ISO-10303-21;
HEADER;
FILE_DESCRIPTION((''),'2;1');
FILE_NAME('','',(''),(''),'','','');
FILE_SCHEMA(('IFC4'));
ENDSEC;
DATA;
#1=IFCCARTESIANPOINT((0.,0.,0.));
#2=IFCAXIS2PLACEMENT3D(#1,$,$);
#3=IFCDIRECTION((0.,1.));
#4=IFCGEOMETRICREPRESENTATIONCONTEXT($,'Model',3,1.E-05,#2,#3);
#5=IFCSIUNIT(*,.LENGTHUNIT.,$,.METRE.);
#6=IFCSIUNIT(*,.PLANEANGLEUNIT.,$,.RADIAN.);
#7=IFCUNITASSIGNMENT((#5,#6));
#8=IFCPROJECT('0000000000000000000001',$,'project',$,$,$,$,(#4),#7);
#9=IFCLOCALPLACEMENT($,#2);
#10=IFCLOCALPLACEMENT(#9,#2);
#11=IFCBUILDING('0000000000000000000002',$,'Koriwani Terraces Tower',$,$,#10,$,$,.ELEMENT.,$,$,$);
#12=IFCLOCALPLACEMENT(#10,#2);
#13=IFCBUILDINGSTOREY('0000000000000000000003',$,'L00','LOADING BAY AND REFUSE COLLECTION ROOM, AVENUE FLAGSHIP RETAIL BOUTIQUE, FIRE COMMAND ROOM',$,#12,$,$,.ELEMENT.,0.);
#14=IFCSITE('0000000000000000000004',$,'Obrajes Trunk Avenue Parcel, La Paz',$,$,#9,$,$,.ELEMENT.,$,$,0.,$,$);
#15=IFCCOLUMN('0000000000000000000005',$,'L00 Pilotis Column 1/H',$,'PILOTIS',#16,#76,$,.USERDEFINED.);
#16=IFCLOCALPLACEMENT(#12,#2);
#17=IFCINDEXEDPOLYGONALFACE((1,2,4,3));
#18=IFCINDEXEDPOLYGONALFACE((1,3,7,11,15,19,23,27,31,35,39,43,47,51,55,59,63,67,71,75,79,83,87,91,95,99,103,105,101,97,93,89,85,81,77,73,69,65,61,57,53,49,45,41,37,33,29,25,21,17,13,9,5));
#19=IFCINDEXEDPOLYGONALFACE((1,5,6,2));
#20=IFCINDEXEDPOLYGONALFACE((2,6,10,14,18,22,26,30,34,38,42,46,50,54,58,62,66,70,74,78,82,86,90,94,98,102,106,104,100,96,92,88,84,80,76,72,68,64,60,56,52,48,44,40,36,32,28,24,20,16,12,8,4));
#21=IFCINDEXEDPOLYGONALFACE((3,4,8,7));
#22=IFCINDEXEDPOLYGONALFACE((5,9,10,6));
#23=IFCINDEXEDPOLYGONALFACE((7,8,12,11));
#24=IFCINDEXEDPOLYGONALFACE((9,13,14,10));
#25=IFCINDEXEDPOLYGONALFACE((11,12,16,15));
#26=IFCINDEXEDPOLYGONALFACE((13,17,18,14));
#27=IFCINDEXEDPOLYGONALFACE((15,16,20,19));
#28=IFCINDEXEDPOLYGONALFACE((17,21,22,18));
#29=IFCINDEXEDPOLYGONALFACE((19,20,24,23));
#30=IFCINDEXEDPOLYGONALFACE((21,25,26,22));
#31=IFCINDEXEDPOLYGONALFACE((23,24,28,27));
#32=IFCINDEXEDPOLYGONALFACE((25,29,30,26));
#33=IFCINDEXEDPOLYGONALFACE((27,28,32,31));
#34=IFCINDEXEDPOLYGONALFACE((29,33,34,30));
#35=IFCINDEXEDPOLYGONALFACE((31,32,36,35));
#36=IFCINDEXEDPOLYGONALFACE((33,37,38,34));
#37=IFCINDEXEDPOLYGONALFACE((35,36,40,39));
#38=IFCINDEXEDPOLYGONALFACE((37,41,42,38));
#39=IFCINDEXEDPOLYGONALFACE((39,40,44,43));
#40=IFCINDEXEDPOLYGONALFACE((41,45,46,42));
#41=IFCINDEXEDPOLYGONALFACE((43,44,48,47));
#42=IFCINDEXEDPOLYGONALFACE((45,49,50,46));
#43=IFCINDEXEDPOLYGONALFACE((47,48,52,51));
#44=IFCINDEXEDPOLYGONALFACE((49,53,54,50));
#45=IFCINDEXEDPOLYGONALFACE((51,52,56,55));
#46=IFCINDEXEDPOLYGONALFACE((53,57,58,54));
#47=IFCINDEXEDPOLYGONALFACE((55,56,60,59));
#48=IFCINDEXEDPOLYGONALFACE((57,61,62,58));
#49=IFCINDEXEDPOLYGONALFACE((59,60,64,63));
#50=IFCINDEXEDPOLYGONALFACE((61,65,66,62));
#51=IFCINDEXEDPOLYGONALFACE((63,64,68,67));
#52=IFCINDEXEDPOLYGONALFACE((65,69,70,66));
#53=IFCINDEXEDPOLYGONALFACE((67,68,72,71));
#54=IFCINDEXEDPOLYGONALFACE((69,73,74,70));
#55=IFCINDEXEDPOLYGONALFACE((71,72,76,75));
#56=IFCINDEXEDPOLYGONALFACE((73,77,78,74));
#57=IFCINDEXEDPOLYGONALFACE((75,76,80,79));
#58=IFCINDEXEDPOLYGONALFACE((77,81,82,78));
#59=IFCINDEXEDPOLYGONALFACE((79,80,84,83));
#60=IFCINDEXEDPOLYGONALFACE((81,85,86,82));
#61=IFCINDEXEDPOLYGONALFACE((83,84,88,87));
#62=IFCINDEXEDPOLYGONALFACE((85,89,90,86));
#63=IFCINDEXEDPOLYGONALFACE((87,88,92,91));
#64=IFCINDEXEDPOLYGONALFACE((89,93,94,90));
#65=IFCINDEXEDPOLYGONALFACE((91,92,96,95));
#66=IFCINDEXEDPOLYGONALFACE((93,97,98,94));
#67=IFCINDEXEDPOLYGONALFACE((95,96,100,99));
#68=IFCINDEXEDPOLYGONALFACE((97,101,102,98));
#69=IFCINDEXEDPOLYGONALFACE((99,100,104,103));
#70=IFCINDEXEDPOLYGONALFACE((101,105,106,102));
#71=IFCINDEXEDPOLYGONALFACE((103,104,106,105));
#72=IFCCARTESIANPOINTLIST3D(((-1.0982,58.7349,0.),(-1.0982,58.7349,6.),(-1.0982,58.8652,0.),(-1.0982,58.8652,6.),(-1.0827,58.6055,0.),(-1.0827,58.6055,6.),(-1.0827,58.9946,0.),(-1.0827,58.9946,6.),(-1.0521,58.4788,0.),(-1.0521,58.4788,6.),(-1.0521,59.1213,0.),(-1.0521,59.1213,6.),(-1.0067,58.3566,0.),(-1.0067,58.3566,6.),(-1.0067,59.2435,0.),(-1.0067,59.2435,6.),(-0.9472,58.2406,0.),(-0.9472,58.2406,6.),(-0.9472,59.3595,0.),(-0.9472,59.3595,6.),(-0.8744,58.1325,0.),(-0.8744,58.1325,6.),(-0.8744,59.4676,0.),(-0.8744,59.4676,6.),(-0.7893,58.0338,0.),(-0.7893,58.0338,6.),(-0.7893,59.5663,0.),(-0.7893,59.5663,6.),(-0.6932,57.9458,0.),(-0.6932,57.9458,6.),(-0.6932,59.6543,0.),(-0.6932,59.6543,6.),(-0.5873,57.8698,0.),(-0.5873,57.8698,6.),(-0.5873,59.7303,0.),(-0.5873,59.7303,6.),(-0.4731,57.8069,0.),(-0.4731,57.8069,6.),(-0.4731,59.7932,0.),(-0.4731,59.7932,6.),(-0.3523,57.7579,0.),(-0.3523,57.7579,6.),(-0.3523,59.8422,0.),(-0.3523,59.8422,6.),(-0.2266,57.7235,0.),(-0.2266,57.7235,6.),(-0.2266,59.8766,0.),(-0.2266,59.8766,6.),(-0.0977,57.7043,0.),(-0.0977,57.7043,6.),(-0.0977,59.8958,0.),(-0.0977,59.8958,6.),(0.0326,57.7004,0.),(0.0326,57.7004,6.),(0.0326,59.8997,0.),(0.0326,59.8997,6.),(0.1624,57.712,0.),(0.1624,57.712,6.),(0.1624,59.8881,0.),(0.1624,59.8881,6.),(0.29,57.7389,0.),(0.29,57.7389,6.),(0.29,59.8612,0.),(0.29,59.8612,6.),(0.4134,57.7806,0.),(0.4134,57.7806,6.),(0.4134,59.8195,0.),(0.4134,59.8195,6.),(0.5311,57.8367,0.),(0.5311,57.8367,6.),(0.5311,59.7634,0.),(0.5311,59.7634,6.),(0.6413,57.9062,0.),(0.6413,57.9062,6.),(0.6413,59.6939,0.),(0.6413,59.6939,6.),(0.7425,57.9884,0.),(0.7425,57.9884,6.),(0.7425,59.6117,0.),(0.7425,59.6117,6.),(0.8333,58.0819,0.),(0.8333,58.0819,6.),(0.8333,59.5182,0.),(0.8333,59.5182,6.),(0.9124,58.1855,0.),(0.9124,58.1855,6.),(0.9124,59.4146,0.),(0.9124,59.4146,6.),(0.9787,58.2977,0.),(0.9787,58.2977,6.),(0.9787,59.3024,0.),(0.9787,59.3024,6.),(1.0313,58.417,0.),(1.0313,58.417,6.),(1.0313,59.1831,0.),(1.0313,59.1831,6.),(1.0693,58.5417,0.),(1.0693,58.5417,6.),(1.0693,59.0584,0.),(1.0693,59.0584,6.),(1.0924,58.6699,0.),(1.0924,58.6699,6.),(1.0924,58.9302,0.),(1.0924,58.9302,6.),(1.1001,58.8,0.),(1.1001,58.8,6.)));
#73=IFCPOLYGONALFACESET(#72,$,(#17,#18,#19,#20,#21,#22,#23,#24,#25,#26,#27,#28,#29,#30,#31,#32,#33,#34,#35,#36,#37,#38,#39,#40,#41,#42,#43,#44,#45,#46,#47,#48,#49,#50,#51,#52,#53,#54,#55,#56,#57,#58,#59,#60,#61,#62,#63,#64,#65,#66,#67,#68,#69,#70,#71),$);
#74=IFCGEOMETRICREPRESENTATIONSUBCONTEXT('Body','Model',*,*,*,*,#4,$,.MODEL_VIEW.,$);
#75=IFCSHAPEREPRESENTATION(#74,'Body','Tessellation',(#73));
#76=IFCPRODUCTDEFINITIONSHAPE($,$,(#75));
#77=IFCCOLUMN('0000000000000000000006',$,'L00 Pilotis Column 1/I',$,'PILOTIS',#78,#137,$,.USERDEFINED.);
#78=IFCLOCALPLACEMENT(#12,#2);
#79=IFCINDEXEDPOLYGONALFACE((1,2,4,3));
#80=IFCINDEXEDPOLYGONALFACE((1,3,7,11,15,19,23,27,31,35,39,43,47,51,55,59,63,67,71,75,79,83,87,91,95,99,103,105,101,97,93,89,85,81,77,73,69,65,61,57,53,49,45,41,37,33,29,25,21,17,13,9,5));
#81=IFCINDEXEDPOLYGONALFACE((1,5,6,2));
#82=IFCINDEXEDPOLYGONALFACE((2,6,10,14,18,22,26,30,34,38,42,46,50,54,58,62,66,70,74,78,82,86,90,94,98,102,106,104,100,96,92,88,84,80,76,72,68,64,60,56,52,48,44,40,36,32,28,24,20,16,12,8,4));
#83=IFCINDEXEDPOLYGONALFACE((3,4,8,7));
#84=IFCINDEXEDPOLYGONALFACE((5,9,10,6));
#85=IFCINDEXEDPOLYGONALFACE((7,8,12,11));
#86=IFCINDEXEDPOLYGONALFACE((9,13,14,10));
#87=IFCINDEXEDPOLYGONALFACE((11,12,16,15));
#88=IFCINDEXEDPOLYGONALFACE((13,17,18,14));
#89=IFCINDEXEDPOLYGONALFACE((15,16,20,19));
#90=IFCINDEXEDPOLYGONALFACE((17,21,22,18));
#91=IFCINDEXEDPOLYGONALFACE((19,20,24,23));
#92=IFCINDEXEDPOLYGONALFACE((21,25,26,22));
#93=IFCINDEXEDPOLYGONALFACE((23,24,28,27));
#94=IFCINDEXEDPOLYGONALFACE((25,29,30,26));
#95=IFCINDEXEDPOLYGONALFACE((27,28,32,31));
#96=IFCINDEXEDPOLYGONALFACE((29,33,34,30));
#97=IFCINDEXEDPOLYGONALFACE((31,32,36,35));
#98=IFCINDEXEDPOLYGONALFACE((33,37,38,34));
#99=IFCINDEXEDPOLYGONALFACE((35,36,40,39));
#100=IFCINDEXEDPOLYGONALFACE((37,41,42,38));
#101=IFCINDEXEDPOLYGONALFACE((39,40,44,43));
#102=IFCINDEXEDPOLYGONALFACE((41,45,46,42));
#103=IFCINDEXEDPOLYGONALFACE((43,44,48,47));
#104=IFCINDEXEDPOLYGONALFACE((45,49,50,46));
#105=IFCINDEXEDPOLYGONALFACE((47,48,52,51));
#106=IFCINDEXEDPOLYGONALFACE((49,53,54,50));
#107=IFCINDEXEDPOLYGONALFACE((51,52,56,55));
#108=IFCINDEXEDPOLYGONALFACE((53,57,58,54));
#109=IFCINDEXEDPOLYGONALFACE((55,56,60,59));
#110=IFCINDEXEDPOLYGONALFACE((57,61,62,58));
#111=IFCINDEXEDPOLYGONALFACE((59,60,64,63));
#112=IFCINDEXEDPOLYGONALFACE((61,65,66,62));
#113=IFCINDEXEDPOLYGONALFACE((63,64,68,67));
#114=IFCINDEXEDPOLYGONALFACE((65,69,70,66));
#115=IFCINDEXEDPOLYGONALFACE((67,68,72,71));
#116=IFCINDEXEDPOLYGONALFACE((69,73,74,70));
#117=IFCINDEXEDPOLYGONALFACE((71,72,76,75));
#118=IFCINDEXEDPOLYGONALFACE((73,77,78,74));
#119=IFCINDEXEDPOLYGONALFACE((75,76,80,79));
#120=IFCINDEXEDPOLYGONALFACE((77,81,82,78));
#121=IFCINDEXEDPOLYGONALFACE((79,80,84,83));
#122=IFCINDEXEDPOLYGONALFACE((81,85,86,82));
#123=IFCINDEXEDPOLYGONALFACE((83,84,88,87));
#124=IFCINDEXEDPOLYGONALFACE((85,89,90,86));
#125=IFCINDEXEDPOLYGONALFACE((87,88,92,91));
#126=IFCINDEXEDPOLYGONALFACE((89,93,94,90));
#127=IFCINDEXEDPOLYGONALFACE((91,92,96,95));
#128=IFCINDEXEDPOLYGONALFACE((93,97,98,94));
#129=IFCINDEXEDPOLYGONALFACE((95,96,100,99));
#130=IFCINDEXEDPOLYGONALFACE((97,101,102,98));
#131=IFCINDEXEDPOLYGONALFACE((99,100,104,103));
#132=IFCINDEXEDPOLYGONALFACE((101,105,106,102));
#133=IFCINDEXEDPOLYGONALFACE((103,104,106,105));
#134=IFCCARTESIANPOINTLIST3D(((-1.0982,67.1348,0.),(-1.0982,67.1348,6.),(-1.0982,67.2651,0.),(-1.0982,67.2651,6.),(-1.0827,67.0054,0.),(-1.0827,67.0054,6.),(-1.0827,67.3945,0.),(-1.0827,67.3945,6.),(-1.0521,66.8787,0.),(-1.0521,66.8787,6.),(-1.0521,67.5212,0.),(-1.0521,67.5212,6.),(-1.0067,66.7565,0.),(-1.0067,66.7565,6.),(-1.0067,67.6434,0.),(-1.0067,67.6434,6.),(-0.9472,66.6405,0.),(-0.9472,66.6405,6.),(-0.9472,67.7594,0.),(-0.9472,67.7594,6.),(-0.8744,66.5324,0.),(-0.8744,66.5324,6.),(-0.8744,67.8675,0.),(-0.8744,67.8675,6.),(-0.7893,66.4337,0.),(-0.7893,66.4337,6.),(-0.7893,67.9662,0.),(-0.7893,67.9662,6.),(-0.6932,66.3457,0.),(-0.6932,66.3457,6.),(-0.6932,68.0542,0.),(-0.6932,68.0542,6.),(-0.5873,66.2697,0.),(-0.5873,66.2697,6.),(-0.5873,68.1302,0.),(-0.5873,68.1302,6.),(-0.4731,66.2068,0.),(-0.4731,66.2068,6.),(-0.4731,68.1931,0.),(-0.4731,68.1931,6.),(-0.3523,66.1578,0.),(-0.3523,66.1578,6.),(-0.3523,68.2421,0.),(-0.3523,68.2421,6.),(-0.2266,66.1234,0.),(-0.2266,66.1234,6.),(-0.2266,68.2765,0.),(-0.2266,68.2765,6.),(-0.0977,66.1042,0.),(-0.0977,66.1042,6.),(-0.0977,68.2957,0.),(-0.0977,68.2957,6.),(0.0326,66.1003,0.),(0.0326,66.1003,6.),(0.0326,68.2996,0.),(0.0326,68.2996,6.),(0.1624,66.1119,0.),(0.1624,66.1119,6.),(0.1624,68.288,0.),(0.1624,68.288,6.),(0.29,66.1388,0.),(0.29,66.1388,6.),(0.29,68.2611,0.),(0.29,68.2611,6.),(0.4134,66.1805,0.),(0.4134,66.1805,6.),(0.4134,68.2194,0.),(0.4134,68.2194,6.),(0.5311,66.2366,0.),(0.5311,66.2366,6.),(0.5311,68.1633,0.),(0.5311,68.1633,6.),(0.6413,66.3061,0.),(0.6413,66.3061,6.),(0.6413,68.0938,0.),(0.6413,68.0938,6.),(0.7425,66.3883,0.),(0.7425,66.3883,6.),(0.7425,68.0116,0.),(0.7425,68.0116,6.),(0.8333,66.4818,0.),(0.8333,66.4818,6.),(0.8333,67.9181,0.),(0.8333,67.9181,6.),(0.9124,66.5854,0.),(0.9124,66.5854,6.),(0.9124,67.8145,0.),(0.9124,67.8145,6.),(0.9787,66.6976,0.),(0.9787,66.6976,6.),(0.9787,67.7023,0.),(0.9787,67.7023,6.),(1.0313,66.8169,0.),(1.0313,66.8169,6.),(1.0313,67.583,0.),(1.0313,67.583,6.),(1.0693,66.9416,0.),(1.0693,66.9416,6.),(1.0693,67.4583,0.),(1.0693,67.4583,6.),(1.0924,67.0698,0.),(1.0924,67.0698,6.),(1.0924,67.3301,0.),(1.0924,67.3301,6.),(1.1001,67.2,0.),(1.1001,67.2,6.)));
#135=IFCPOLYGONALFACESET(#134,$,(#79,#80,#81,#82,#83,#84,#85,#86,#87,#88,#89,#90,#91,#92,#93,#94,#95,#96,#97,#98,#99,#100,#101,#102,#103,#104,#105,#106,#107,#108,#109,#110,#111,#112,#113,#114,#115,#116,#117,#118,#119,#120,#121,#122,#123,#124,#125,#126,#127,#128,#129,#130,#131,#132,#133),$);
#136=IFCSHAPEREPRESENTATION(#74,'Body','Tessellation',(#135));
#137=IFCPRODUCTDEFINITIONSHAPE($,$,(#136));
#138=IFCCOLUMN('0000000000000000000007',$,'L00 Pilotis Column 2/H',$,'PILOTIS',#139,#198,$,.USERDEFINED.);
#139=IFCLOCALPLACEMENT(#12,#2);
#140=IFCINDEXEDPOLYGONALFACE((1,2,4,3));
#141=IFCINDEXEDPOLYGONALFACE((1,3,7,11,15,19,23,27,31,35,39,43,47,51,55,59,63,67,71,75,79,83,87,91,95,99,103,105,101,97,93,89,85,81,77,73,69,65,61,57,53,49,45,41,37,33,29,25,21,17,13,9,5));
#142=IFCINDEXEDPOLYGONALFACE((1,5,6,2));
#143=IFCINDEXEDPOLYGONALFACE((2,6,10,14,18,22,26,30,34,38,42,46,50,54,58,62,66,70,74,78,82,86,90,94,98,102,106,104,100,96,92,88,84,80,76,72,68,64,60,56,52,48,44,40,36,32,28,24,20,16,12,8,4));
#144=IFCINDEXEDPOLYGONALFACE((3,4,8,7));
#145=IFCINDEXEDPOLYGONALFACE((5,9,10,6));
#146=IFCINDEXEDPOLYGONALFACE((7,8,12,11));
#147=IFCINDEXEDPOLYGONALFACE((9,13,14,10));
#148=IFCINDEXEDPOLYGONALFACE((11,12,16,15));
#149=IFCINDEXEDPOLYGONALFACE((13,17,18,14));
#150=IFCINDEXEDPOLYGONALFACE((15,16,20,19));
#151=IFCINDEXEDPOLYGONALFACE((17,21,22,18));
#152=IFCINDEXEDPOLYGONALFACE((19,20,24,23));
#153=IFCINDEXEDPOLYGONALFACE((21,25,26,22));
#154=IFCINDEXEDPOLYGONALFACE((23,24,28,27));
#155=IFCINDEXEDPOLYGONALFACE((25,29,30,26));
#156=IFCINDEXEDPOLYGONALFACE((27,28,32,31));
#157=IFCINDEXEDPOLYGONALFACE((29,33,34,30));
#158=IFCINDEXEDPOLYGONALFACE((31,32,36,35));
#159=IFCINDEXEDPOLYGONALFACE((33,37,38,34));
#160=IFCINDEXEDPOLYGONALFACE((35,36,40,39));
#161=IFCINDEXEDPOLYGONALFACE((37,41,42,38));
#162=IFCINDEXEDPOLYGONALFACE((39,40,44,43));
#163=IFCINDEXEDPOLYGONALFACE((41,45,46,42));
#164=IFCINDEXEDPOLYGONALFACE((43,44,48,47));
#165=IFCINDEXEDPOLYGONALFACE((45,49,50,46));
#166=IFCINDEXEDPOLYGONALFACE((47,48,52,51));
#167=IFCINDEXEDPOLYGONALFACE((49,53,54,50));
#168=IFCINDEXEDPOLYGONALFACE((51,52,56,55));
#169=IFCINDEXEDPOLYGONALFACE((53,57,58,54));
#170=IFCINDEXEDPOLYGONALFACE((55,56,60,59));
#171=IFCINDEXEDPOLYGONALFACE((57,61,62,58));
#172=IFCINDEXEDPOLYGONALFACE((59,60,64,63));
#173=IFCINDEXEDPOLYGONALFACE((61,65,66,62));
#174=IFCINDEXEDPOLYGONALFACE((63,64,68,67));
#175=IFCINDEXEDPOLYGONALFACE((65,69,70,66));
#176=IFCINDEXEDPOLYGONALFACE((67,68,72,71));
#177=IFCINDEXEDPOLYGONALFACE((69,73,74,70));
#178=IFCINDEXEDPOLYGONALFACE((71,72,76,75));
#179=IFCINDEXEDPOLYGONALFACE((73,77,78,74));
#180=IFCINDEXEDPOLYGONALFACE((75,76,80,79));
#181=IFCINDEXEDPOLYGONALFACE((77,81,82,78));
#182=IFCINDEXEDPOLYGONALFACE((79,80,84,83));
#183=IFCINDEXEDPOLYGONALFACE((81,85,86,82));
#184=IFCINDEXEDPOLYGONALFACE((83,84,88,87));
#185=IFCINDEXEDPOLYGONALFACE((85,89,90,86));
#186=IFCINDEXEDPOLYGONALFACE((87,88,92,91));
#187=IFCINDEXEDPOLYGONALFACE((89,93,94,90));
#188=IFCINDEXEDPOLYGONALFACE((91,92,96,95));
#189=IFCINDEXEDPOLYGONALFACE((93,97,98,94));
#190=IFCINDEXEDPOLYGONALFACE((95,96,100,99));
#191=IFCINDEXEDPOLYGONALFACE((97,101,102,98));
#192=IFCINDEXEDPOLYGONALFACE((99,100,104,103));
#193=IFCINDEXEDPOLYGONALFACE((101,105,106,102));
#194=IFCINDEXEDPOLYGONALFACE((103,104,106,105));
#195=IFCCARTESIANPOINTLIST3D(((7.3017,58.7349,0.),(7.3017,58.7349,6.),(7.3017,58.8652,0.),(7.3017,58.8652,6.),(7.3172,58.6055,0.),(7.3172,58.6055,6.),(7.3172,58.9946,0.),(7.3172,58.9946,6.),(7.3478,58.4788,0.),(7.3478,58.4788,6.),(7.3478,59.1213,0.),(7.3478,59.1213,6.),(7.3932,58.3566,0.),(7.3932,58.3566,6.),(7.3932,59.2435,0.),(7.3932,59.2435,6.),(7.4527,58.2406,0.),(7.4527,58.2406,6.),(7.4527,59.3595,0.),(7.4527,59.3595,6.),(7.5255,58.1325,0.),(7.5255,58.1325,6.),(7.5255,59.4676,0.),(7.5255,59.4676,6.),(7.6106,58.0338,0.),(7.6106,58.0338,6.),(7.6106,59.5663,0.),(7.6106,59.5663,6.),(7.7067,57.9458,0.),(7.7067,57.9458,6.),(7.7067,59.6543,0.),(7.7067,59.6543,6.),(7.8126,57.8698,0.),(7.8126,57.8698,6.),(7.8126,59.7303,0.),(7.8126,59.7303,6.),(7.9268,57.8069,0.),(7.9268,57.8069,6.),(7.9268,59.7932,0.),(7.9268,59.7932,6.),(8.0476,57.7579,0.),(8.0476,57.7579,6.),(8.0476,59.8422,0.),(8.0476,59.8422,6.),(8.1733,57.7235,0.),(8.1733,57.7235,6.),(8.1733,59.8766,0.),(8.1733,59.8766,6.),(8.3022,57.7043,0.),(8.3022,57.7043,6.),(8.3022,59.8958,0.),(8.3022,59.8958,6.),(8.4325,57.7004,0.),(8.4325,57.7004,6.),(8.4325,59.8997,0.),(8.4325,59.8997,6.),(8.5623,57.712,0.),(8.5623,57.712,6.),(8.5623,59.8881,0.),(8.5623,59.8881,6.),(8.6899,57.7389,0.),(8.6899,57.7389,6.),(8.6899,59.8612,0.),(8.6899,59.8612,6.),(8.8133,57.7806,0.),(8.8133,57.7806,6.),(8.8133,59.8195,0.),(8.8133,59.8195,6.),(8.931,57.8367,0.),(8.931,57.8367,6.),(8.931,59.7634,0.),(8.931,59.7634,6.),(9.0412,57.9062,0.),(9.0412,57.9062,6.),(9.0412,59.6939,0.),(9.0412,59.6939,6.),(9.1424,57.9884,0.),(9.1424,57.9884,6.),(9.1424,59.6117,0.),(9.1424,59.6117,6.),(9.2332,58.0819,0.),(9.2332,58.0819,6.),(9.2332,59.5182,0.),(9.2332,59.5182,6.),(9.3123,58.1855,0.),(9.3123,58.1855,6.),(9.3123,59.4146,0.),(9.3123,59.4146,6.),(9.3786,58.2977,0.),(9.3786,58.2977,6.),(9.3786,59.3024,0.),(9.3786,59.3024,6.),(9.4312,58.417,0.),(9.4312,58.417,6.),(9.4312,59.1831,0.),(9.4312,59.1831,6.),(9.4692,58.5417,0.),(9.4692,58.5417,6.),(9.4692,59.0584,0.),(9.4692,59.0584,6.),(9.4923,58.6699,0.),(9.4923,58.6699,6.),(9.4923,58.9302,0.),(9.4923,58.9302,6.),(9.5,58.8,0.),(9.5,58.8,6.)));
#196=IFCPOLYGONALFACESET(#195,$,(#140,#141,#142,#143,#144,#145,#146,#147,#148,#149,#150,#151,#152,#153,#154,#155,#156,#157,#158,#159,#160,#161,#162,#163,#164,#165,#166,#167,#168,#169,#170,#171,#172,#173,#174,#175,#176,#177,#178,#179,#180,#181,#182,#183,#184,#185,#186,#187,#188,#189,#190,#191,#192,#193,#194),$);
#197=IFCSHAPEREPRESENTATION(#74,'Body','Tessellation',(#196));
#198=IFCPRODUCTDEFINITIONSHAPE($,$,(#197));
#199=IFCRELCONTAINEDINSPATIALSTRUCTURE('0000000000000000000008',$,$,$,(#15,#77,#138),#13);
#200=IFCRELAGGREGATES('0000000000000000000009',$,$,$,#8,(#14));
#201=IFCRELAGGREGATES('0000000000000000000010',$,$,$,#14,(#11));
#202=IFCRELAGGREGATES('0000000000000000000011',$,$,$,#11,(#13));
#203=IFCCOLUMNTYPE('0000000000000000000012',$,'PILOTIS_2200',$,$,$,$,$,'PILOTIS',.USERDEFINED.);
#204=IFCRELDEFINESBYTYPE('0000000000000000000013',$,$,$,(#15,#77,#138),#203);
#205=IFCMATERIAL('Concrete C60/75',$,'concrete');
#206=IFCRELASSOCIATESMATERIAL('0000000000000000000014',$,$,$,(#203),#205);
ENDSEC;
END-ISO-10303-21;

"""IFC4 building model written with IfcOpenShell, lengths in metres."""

from ifc_helpers import new_model, si_unit, direction, frame, origin, origin_2d, place, context, subcontext, project, spatial, circle, extrude, material, material_profile, profile_set, type_object, element, save


model = new_model("IFC4")

# Units and contexts
model_context = context("Model", 3, precision=1e-05, world=origin(), true_north=direction((0.0, 1.0)))
body_context = subcontext(model_context, "Body", "Model", "MODEL_VIEW")
ifc_project = project(units=[si_unit("LENGTHUNIT", "METRE"), si_unit("PLANEANGLEUNIT", "RADIAN")], contexts=[model_context])

# Site, building, storey
site_placement = place(None, origin())
site = spatial("IfcSite", under=ifc_project, at=site_placement, Name="Obrajes Trunk Avenue Parcel, La Paz", CompositionType="ELEMENT", RefElevation=0.0)
building_placement = place(site_placement, origin())
building = spatial("IfcBuilding", under=site, at=building_placement, Name="Koriwani Terraces Tower", CompositionType="ELEMENT")
storey_placement = place(building_placement, origin())
storey = spatial("IfcBuildingStorey", under=building, at=storey_placement, Name="L00", Description="LOADING BAY AND REFUSE COLLECTION ROOM, AVENUE FLAGSHIP RETAIL BOUTIQUE, FIRE COMMAND ROOM", CompositionType="ELEMENT", Elevation=0.0)

# Columns
ifc_material_1 = material(Name="Concrete C60/75", Category="concrete")
ifc_material_profile_1 = material_profile(ifc_material_1, circle(Radius=1.1001, at=origin_2d()), Name="Concrete C60/75", Category="LoadBearing")
ifc_profile_set_1 = profile_set([ifc_material_profile_1], Name="Concrete C60/75")
column_type = type_object("IfcColumnType", Name="PILOTIS_2200", ElementType="PILOTIS", PredefinedType="USERDEFINED", material=ifc_profile_set_1)
for number, where, z_axis, x_axis, name in (
    (1, (0.0, 58.8, 0.0), (0.0, 0.0, 1.0), (1.0, 0.0, 0.0), "L00 Pilotis Column 1/H"),
    (2, (0.0, 67.2, 0.0), (0.0, 0.0, 1.0), (1.0, 0.0, 0.0), "L00 Pilotis Column 1/I"),
    (3, (8.3999, 58.8, 0.0), (0.0, 0.0, 1.0), (1.0, 0.0, 0.0), "L00 Pilotis Column 2/H"),
):
    element("IfcColumn", number, at=place(storey_placement, frame(where, z_axis=z_axis, x_axis=x_axis)), inside=storey, type_object=column_type, Name=name, ObjectType="PILOTIS", PredefinedType="USERDEFINED", context=body_context, shape_type="SweptSolid", body=[
        extrude(circle(Radius=1.1001, at=origin_2d()), origin(), (0.0, 0.0, 1.0), 6.0),
    ])

save(model, "model.ifc")
